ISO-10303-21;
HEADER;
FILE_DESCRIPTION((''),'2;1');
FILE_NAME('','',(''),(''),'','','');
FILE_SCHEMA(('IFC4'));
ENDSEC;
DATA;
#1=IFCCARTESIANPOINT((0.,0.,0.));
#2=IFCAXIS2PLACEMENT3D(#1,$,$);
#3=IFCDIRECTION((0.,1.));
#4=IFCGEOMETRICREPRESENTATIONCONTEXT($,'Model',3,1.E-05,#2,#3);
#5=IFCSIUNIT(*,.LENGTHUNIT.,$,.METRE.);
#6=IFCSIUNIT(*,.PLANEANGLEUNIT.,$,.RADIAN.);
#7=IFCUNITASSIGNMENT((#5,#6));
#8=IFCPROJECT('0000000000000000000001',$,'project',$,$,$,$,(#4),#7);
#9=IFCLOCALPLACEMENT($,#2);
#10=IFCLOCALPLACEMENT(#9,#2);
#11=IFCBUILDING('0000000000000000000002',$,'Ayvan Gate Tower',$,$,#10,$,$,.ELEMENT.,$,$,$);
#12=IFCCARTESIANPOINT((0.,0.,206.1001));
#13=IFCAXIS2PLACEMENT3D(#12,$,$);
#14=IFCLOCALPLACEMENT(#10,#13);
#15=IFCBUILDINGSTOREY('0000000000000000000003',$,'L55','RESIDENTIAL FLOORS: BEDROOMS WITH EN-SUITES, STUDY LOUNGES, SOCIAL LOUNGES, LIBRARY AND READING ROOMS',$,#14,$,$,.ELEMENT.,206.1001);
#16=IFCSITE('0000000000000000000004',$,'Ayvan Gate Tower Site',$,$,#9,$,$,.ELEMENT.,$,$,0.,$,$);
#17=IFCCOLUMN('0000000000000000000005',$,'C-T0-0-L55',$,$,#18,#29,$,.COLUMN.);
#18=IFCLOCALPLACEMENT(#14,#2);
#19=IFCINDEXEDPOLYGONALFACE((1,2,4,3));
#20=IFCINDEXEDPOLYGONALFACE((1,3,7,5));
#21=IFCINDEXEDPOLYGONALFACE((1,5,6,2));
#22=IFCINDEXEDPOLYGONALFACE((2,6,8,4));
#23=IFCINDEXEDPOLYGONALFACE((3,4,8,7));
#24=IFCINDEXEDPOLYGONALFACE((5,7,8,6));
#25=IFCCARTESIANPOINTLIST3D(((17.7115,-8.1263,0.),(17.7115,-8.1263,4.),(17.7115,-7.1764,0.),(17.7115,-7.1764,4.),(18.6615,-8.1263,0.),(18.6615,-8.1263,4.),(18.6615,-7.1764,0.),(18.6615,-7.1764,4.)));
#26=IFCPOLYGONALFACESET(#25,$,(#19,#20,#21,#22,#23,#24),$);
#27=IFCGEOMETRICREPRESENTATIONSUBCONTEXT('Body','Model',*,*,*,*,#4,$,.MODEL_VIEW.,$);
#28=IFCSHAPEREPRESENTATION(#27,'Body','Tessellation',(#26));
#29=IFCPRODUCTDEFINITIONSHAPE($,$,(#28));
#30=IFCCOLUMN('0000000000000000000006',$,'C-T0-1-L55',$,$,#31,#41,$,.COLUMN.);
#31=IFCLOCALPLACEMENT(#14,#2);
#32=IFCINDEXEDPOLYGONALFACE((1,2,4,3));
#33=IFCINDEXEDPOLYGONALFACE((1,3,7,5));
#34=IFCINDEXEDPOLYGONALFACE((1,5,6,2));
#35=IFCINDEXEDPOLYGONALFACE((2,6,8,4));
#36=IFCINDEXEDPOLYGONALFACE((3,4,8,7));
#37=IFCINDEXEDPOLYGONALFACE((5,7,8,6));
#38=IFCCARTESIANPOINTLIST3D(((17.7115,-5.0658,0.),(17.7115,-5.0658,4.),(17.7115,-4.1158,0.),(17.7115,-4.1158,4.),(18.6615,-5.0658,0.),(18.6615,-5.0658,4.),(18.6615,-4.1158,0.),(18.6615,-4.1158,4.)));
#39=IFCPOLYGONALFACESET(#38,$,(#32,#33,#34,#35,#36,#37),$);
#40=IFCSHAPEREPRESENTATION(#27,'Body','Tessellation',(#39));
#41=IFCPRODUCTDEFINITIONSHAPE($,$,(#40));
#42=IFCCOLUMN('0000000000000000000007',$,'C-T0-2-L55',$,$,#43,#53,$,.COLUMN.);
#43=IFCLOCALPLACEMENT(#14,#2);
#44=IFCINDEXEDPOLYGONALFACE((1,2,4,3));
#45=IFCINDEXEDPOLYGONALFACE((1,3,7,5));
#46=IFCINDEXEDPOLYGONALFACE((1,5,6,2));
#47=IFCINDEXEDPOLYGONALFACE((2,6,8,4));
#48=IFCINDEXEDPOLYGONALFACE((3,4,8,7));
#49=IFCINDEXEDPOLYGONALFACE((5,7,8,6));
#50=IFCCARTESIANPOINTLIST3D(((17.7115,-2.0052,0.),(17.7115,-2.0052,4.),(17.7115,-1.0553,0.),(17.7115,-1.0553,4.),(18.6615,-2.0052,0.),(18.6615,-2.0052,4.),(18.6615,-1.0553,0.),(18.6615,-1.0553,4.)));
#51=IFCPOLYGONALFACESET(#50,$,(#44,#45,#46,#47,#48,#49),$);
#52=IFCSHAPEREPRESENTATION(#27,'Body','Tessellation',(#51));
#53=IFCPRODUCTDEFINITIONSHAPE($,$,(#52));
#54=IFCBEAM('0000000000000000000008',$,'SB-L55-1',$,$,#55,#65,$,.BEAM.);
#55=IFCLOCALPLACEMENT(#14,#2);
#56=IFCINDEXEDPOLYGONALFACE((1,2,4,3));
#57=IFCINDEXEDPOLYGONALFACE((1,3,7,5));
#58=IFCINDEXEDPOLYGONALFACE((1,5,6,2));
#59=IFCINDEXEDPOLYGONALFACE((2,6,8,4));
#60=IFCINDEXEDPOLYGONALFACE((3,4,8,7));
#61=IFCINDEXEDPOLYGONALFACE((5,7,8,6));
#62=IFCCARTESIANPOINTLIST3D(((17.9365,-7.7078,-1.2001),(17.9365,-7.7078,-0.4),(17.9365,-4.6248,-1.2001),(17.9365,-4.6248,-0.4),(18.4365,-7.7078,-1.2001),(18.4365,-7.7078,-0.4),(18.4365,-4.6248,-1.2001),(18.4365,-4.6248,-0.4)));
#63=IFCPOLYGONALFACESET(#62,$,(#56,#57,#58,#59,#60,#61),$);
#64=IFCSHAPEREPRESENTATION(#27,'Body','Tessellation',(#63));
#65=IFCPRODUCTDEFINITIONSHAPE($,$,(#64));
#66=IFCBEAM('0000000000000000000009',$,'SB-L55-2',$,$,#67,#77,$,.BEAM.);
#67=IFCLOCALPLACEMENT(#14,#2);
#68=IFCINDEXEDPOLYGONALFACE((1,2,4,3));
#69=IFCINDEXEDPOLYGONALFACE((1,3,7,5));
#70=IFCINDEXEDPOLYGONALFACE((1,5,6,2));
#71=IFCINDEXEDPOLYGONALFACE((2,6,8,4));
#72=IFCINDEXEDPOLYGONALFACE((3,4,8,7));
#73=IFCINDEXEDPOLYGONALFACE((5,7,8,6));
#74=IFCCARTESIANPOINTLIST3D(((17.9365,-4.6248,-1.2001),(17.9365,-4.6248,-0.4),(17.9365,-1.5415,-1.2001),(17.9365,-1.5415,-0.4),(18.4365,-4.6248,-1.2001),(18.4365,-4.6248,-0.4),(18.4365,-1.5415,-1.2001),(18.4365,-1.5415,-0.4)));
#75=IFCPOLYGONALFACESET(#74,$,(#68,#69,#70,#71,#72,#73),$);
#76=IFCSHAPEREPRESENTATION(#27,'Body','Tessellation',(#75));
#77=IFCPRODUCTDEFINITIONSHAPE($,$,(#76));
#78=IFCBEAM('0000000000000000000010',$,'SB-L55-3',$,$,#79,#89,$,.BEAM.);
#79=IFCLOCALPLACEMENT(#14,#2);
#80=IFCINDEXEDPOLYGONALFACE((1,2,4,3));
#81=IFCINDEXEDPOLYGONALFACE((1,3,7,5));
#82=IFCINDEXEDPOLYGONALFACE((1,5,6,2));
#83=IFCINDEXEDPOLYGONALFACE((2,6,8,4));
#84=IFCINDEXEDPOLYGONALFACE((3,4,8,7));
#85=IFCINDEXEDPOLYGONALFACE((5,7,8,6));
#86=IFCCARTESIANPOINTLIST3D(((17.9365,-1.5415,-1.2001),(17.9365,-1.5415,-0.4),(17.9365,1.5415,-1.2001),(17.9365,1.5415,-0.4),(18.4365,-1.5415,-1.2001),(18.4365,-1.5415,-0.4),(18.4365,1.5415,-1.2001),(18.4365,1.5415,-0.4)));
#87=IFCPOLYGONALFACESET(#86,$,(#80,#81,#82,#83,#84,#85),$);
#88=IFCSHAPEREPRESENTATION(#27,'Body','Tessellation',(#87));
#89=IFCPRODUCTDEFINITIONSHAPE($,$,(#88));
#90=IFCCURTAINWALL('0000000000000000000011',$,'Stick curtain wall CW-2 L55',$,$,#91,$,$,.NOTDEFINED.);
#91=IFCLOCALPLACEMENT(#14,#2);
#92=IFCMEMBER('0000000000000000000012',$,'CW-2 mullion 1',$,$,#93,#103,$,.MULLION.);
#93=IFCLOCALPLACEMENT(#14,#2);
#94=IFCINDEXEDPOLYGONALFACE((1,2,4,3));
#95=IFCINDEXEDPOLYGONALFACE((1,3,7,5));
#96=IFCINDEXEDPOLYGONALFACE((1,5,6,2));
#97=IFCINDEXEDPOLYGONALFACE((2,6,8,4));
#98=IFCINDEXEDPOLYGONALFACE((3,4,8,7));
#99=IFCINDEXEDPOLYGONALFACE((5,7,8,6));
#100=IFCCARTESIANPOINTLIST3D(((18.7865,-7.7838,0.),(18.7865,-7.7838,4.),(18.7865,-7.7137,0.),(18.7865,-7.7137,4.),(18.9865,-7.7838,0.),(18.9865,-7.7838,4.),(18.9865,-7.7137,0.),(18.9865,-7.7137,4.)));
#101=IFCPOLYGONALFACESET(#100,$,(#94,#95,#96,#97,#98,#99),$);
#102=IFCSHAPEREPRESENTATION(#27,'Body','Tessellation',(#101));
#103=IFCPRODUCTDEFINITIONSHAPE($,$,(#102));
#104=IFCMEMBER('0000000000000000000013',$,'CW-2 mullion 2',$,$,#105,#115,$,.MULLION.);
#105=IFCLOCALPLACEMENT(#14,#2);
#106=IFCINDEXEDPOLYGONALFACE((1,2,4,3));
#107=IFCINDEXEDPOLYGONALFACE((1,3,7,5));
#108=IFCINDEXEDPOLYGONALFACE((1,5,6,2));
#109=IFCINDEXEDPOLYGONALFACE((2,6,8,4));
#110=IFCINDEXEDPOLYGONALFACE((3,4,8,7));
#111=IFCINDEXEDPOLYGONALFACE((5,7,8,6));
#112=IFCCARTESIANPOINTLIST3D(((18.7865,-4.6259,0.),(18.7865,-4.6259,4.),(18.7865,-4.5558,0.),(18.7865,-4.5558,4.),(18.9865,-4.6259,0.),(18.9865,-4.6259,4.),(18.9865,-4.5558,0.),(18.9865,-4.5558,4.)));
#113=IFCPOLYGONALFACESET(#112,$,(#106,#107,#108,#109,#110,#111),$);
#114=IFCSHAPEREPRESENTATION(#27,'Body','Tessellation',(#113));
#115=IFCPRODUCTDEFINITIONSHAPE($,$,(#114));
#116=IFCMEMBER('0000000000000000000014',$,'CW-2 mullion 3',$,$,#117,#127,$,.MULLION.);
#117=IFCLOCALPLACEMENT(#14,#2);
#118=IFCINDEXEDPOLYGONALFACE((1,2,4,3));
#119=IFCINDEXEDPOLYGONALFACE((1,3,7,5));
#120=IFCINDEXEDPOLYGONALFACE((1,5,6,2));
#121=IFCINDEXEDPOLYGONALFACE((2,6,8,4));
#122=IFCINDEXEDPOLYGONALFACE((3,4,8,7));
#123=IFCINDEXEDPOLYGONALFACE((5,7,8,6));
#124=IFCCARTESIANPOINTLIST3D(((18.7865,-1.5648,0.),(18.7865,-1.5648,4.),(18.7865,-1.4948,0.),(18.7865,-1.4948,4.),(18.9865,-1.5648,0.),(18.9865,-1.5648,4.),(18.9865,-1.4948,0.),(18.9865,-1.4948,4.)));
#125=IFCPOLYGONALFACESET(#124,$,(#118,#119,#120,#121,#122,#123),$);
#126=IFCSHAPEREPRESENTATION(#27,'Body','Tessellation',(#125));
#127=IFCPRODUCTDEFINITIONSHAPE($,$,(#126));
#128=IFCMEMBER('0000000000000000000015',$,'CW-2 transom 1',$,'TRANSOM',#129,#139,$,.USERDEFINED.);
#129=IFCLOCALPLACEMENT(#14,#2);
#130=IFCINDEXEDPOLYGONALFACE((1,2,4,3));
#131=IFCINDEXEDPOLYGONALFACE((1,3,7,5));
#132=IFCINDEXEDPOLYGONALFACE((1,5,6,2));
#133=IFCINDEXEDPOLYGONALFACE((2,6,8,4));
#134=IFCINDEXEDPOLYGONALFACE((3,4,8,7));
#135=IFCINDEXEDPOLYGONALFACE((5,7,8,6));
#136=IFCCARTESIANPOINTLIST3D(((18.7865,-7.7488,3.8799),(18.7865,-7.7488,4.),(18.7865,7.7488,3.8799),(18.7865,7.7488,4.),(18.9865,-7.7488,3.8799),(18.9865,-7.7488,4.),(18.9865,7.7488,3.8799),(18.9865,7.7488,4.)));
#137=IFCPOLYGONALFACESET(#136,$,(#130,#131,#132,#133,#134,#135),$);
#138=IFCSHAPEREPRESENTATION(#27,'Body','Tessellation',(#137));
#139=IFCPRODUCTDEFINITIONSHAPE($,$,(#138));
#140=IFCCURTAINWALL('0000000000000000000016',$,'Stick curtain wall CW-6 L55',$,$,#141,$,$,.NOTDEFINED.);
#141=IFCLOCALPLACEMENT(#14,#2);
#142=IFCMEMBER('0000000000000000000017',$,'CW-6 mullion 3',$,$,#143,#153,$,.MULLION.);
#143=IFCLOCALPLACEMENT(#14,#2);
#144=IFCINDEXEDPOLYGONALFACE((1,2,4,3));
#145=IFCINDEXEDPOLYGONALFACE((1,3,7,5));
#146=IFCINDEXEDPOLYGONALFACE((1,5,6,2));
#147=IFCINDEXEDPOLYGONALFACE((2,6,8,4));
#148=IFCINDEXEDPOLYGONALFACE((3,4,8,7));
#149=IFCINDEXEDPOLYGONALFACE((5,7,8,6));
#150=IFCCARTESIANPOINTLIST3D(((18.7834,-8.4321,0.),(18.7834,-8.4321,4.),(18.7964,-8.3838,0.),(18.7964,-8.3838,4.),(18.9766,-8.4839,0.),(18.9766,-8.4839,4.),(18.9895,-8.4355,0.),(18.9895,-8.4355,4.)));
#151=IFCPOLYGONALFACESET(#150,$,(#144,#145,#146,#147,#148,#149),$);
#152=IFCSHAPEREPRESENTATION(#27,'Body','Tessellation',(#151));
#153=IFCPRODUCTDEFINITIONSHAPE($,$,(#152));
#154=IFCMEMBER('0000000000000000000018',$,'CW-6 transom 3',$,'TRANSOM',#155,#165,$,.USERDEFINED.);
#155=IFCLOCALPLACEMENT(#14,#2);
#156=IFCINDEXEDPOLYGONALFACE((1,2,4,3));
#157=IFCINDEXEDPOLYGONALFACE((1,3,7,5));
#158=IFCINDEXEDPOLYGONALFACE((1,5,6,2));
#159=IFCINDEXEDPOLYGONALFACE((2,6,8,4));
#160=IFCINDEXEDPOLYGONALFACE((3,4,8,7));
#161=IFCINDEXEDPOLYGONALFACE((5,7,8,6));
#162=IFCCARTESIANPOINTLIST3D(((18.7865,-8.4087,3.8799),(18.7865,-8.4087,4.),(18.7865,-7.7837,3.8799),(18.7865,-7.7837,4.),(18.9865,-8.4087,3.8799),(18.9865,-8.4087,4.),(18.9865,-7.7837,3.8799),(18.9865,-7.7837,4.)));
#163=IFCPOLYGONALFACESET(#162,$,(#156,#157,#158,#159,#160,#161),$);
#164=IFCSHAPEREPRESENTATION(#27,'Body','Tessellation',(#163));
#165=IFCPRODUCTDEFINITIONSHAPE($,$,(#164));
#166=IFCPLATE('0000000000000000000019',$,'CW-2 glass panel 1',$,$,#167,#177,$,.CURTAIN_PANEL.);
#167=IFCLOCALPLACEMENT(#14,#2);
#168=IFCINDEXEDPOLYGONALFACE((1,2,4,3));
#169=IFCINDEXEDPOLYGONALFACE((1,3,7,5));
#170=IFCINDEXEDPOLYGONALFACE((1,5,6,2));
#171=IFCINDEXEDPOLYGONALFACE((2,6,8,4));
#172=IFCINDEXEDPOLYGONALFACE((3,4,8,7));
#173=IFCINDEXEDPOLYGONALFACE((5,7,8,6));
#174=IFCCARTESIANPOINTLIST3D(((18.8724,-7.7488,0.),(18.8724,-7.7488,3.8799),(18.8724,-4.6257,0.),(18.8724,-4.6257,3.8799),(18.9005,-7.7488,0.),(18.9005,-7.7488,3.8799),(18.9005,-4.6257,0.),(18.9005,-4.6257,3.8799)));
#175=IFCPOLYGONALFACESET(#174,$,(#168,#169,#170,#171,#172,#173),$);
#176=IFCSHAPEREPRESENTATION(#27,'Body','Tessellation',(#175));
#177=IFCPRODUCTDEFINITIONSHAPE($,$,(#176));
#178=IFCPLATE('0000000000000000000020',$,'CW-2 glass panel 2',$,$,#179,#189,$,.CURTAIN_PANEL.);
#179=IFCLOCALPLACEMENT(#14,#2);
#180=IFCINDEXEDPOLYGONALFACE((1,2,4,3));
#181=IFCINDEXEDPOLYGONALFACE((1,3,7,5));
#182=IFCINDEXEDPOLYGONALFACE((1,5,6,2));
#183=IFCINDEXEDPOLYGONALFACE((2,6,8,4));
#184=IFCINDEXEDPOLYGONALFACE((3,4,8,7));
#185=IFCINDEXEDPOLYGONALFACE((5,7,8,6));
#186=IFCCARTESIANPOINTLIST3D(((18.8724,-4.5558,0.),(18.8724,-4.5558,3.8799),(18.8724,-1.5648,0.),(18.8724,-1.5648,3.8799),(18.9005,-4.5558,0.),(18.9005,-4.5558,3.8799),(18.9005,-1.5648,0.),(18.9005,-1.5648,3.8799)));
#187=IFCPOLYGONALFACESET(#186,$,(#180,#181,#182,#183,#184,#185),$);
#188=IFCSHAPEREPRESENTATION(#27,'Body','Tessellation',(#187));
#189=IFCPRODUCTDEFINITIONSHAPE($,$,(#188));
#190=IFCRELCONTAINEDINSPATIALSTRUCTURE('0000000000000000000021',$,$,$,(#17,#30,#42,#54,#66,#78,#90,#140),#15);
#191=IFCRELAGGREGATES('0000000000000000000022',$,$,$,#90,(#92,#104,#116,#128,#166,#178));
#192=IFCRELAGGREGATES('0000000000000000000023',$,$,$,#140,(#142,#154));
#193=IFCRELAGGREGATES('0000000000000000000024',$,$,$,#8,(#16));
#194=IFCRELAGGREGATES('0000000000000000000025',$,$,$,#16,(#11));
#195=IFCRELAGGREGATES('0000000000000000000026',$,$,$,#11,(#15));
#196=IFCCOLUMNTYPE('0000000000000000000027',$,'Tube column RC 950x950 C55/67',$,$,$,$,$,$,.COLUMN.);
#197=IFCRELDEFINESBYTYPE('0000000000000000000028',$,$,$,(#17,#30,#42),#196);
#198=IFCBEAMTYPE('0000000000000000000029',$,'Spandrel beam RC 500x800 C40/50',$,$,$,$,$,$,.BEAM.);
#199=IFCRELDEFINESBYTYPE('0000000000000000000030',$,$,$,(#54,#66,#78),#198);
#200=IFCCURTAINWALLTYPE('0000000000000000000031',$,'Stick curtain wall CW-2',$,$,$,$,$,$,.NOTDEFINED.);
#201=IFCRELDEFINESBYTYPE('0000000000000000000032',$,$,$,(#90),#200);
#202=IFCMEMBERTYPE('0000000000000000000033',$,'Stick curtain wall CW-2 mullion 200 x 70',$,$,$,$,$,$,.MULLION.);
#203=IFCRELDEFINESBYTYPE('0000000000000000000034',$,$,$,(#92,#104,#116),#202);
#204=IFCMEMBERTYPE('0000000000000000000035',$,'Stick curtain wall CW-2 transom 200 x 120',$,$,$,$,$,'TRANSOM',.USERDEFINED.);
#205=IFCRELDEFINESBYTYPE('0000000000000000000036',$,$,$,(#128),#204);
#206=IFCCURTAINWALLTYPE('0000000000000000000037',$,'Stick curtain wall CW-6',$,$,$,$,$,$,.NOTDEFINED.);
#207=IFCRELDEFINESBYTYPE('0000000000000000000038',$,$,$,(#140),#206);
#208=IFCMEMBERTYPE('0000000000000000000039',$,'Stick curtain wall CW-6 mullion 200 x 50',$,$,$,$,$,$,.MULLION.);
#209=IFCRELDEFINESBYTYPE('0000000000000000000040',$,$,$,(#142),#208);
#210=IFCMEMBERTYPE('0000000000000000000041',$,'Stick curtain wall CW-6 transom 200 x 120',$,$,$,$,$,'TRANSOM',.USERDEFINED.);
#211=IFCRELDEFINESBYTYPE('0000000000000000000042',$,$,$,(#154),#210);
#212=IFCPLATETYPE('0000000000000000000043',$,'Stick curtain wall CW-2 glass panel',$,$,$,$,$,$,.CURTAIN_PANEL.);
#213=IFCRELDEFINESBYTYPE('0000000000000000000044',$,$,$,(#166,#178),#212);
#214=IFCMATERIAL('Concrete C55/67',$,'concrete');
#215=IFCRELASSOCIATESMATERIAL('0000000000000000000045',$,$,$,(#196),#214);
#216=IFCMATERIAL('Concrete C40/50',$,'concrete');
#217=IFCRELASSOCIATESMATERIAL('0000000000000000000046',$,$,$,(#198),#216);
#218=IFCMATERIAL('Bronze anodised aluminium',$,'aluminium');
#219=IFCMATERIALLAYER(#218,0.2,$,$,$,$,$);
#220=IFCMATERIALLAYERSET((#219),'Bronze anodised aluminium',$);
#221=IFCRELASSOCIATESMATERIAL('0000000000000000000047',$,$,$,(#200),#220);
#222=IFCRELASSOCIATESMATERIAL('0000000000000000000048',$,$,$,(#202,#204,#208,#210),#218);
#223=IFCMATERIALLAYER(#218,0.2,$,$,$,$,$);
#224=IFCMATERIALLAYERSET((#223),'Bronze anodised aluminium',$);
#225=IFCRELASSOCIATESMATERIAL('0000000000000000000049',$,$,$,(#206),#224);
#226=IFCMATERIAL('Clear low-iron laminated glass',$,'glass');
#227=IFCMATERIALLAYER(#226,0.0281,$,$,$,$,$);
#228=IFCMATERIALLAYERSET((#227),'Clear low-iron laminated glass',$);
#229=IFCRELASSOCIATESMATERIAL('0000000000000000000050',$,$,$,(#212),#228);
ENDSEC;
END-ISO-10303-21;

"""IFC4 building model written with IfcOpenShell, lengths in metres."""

from ifc_helpers import new_model, si_unit, direction, frame, origin, origin_2d, place, context, subcontext, project, spatial, rectangle, extrude, material, layer, layer_set, material_profile, profile_set, type_object, element, aggregate, save


model = new_model("IFC4")

# Units and contexts
model_context = context("Model", 3, precision=1e-05, world=origin(), true_north=direction((0.0, 1.0)))
body_context = subcontext(model_context, "Body", "Model", "MODEL_VIEW")
ifc_project = project(units=[si_unit("LENGTHUNIT", "METRE"), si_unit("PLANEANGLEUNIT", "RADIAN")], contexts=[model_context])

# Site, building, storey
site_placement = place(None, origin())
site = spatial("IfcSite", under=ifc_project, at=site_placement, Name="Ayvan Gate Tower Site", CompositionType="ELEMENT", RefElevation=0.0)
building_placement = place(site_placement, origin())
building = spatial("IfcBuilding", under=site, at=building_placement, Name="Ayvan Gate Tower", CompositionType="ELEMENT")
storey_placement = place(building_placement, frame((0.0, 0.0, 206.1001)))
storey = spatial("IfcBuildingStorey", under=building, at=storey_placement, Name="L55", Description="RESIDENTIAL FLOORS: BEDROOMS WITH EN-SUITES, STUDY LOUNGES, SOCIAL LOUNGES, LIBRARY AND READING ROOMS", CompositionType="ELEMENT", Elevation=206.1001)

# Columns
ifc_material_1 = material(Name="Concrete C55/67", Category="concrete")
ifc_material_profile_1 = material_profile(ifc_material_1, rectangle(XDim=0.95, YDim=0.95, at=origin_2d()), Name="RC 950x950")
ifc_profile_set_1 = profile_set([ifc_material_profile_1], Name="Concrete C55/67")
column_type = type_object("IfcColumnType", Name="Tube column RC 950x950 C55/67", PredefinedType="COLUMN", material=ifc_profile_set_1)
for number, where, z_axis, x_axis, name in (
    (1, (18.1865, -7.6514, 0.0), (0.0, 0.0, 1.0), (1.0, 0.0, 0.0), "C-T0-0-L55"),
    (2, (18.1865, -4.5908, 0.0), (0.0, 0.0, 1.0), (1.0, 0.0, 0.0), "C-T0-1-L55"),
    (3, (18.1865, -1.5303, 0.0), (0.0, 0.0, 1.0), (1.0, 0.0, 0.0), "C-T0-2-L55"),
):
    element("IfcColumn", number, at=place(storey_placement, frame(where, z_axis=z_axis, x_axis=x_axis)), inside=storey, type_object=column_type, Name=name, PredefinedType="COLUMN", context=body_context, shape_type="SweptSolid", body=[
        extrude(rectangle(XDim=0.95, YDim=0.95, at=origin_2d()), origin(), (0.0, 0.0, 1.0), 4.0),
    ])

# Beams
ifc_material_2 = material(Name="Concrete C40/50", Category="concrete")
ifc_material_profile_2 = material_profile(ifc_material_2, rectangle(XDim=0.5, YDim=0.8, at=origin_2d()), Name="RC 500x800")
ifc_profile_set_2 = profile_set([ifc_material_profile_2], Name="Concrete C40/50")
beam_type = type_object("IfcBeamType", Name="Spandrel beam RC 500x800 C40/50", PredefinedType="BEAM", material=ifc_profile_set_2)
beam_1_placement = place(storey_placement, frame((18.1865, -7.7078, -0.8), z_axis=(0.0, 1.0, 0.0), x_axis=(-1.0, 0.0, 0.0)))
element("IfcBeam", 4, at=beam_1_placement, inside=storey, type_object=beam_type, Name="SB-L55-1", PredefinedType="BEAM", context=body_context, shape_type="SweptSolid", body=[
    extrude(rectangle(XDim=0.5, YDim=0.8, at=origin_2d()), origin(), (0.0, 0.0, 1.0), 3.083),
])
beam_2_placement = place(storey_placement, frame((18.1865, -4.6248, -0.8), z_axis=(0.0, 1.0, 0.0), x_axis=(-1.0, 0.0, 0.0)))
element("IfcBeam", 5, at=beam_2_placement, inside=storey, type_object=beam_type, Name="SB-L55-2", PredefinedType="BEAM", context=body_context, shape_type="SweptSolid", body=[
    extrude(rectangle(XDim=0.5, YDim=0.8, at=origin_2d()), origin(), (0.0, 0.0, 1.0), 3.0833),
])
beam_3_placement = place(storey_placement, frame((18.1865, -1.5415, -0.8), z_axis=(0.0, 1.0, 0.0), x_axis=(-1.0, 0.0, 0.0)))
element("IfcBeam", 6, at=beam_3_placement, inside=storey, type_object=beam_type, Name="SB-L55-3", PredefinedType="BEAM", context=body_context, shape_type="SweptSolid", body=[
    extrude(rectangle(XDim=0.5, YDim=0.8, at=origin_2d()), origin(), (0.0, 0.0, 1.0), 3.083),
])

# Curtain walls, members
ifc_material_3 = material(Name="Bronze anodised aluminium", Category="aluminium")
ifc_layer_1 = layer(ifc_material_3, 0.2)
ifc_layer_set_1 = layer_set([ifc_layer_1], Name="Bronze anodised aluminium")
curtain_wall_type_1 = type_object("IfcCurtainWallType", Name="Stick curtain wall CW-2", PredefinedType="NOTDEFINED", material=ifc_layer_set_1)
curtain_wall_1_placement = place(storey_placement, origin())
curtain_wall_1 = element("IfcCurtainWall", 7, at=curtain_wall_1_placement, inside=storey, type_object=curtain_wall_type_1, Name="Stick curtain wall CW-2 L55", PredefinedType="NOTDEFINED")
ifc_material_profile_3 = material_profile(ifc_material_3, rectangle(XDim=0.2, YDim=0.0701, at=origin_2d()), Name="Stick curtain wall CW-2 mullion 200 x 70")
ifc_profile_set_3 = profile_set([ifc_material_profile_3], Name="Bronze anodised aluminium")
member_type_1 = type_object("IfcMemberType", Name="Stick curtain wall CW-2 mullion 200 x 70", PredefinedType="MULLION", material=ifc_profile_set_3)
member_1_placement = place(storey_placement, frame((18.8865, -7.7488, 0.0), z_axis=(0.0, 0.0, 1.0), x_axis=(1.0, 0.0, 0.0)))
member_1 = element("IfcMember", 8, at=member_1_placement, type_object=member_type_1, Name="CW-2 mullion 1", PredefinedType="MULLION", context=body_context, shape_type="SweptSolid", body=[
    extrude(rectangle(XDim=0.2, YDim=0.0701, at=origin_2d()), origin(), (0.0, 0.0, 1.0), 4.0),
])
member_2_placement = place(storey_placement, frame((18.8865, -4.5908, 0.0), z_axis=(0.0, 0.0, 1.0), x_axis=(1.0, 0.0, 0.0)))
member_2 = element("IfcMember", 9, at=member_2_placement, type_object=member_type_1, Name="CW-2 mullion 2", PredefinedType="MULLION", context=body_context, shape_type="SweptSolid", body=[
    extrude(rectangle(XDim=0.2, YDim=0.0701, at=origin_2d()), origin(), (0.0, 0.0, 1.0), 4.0),
])
member_3_placement = place(storey_placement, frame((18.8865, -1.5298, 0.0), z_axis=(0.0, 0.0, 1.0), x_axis=(1.0, 0.0, 0.0)))
member_3 = element("IfcMember", 10, at=member_3_placement, type_object=member_type_1, Name="CW-2 mullion 3", PredefinedType="MULLION", context=body_context, shape_type="SweptSolid", body=[
    extrude(rectangle(XDim=0.2, YDim=0.0701, at=origin_2d()), origin(), (0.0, 0.0, 1.0), 4.0),
])
ifc_material_profile_4 = material_profile(ifc_material_3, rectangle(XDim=0.2, YDim=0.1201, at=origin_2d()), Name="Stick curtain wall CW-2 transom 200 x 120")
ifc_profile_set_4 = profile_set([ifc_material_profile_4], Name="Bronze anodised aluminium")
member_type_2 = type_object("IfcMemberType", Name="Stick curtain wall CW-2 transom 200 x 120", ElementType="TRANSOM", PredefinedType="USERDEFINED", material=ifc_profile_set_4)
member_4_placement = place(storey_placement, frame((18.8865, -7.7488, 3.9399), z_axis=(0.0, 1.0, 0.0), x_axis=(-1.0, 0.0, 0.0)))
member_4 = element("IfcMember", 11, at=member_4_placement, type_object=member_type_2, Name="CW-2 transom 1", ObjectType="TRANSOM", PredefinedType="USERDEFINED", context=body_context, shape_type="SweptSolid", body=[
    extrude(rectangle(XDim=0.2, YDim=0.1201, at=origin_2d()), origin(), (0.0, 0.0, 1.0), 15.4976),
])
ifc_layer_2 = layer(ifc_material_3, 0.2)
ifc_layer_set_2 = layer_set([ifc_layer_2], Name="Bronze anodised aluminium")
curtain_wall_type_2 = type_object("IfcCurtainWallType", Name="Stick curtain wall CW-6", PredefinedType="NOTDEFINED", material=ifc_layer_set_2)
curtain_wall_2_placement = place(storey_placement, origin())
curtain_wall_2 = element("IfcCurtainWall", 12, at=curtain_wall_2_placement, inside=storey, type_object=curtain_wall_type_2, Name="Stick curtain wall CW-6 L55", PredefinedType="NOTDEFINED")
ifc_material_profile_5 = material_profile(ifc_material_3, rectangle(XDim=0.2, YDim=0.05, at=origin_2d()), Name="Stick curtain wall CW-6 mullion 200 x 50")
ifc_profile_set_5 = profile_set([ifc_material_profile_5], Name="Bronze anodised aluminium")
member_type_3 = type_object("IfcMemberType", Name="Stick curtain wall CW-6 mullion 200 x 50", PredefinedType="MULLION", material=ifc_profile_set_5)
member_5_placement = place(storey_placement, frame((18.8865, -8.4338, 0.0), z_axis=(0.0, 0.0, 1.0), x_axis=(0.965926, -0.258819, 0.0)))
member_5 = element("IfcMember", 13, at=member_5_placement, type_object=member_type_3, Name="CW-6 mullion 3", PredefinedType="MULLION", context=body_context, shape_type="SweptSolid", body=[
    extrude(rectangle(XDim=0.2, YDim=0.05, at=origin_2d()), origin(), (0.0, 0.0, 1.0), 4.0),
])
ifc_material_profile_6 = material_profile(ifc_material_3, rectangle(XDim=0.2, YDim=0.1201, at=origin_2d()), Name="Stick curtain wall CW-6 transom 200 x 120")
ifc_profile_set_6 = profile_set([ifc_material_profile_6], Name="Bronze anodised aluminium")
member_type_4 = type_object("IfcMemberType", Name="Stick curtain wall CW-6 transom 200 x 120", ElementType="TRANSOM", PredefinedType="USERDEFINED", material=ifc_profile_set_6)
member_6_placement = place(storey_placement, frame((18.8865, -8.4087, 3.9399), z_axis=(0.0, 1.0, 0.0), x_axis=(-1.0, 0.0, 0.0)))
member_6 = element("IfcMember", 14, at=member_6_placement, type_object=member_type_4, Name="CW-6 transom 3", ObjectType="TRANSOM", PredefinedType="USERDEFINED", context=body_context, shape_type="SweptSolid", body=[
    extrude(rectangle(XDim=0.2, YDim=0.1201, at=origin_2d()), origin(), (0.0, 0.0, 1.0), 0.625),
])

# Plates
ifc_material_4 = material(Name="Clear low-iron laminated glass", Category="glass")
ifc_layer_3 = layer(ifc_material_4, 0.0281)
ifc_layer_set_3 = layer_set([ifc_layer_3], Name="Clear low-iron laminated glass")
plate_type_1 = type_object("IfcPlateType", Name="Stick curtain wall CW-2 glass panel", PredefinedType="CURTAIN_PANEL", material=ifc_layer_set_3)
plate_1_placement = place(storey_placement, frame((18.8865, -6.1873, 0.0), z_axis=(0.0, 0.0, 1.0), x_axis=(0.0, 1.0, 0.0)))
plate_1 = element("IfcPlate", 15, at=plate_1_placement, type_object=plate_type_1, Name="CW-2 glass panel 1", PredefinedType="CURTAIN_PANEL", context=body_context, shape_type="SweptSolid", body=[
    extrude(rectangle(XDim=3.123, YDim=0.0281, at=origin_2d()), origin(), (0.0, 0.0, 1.0), 3.8799),
])
plate_2_placement = place(storey_placement, frame((18.8865, -3.0603, 0.0), z_axis=(0.0, 0.0, 1.0), x_axis=(0.0, 1.0, 0.0)))
plate_2 = element("IfcPlate", 16, at=plate_2_placement, type_object=plate_type_1, Name="CW-2 glass panel 2", PredefinedType="CURTAIN_PANEL", context=body_context, shape_type="SweptSolid", body=[
    extrude(rectangle(XDim=2.991, YDim=0.0281, at=origin_2d()), origin(), (0.0, 0.0, 1.0), 3.8799),
])
aggregate(curtain_wall_1, [member_1, member_2, member_3, member_4, plate_1, plate_2])
aggregate(curtain_wall_2, [member_5, member_6])

save(model, "model.ifc")
